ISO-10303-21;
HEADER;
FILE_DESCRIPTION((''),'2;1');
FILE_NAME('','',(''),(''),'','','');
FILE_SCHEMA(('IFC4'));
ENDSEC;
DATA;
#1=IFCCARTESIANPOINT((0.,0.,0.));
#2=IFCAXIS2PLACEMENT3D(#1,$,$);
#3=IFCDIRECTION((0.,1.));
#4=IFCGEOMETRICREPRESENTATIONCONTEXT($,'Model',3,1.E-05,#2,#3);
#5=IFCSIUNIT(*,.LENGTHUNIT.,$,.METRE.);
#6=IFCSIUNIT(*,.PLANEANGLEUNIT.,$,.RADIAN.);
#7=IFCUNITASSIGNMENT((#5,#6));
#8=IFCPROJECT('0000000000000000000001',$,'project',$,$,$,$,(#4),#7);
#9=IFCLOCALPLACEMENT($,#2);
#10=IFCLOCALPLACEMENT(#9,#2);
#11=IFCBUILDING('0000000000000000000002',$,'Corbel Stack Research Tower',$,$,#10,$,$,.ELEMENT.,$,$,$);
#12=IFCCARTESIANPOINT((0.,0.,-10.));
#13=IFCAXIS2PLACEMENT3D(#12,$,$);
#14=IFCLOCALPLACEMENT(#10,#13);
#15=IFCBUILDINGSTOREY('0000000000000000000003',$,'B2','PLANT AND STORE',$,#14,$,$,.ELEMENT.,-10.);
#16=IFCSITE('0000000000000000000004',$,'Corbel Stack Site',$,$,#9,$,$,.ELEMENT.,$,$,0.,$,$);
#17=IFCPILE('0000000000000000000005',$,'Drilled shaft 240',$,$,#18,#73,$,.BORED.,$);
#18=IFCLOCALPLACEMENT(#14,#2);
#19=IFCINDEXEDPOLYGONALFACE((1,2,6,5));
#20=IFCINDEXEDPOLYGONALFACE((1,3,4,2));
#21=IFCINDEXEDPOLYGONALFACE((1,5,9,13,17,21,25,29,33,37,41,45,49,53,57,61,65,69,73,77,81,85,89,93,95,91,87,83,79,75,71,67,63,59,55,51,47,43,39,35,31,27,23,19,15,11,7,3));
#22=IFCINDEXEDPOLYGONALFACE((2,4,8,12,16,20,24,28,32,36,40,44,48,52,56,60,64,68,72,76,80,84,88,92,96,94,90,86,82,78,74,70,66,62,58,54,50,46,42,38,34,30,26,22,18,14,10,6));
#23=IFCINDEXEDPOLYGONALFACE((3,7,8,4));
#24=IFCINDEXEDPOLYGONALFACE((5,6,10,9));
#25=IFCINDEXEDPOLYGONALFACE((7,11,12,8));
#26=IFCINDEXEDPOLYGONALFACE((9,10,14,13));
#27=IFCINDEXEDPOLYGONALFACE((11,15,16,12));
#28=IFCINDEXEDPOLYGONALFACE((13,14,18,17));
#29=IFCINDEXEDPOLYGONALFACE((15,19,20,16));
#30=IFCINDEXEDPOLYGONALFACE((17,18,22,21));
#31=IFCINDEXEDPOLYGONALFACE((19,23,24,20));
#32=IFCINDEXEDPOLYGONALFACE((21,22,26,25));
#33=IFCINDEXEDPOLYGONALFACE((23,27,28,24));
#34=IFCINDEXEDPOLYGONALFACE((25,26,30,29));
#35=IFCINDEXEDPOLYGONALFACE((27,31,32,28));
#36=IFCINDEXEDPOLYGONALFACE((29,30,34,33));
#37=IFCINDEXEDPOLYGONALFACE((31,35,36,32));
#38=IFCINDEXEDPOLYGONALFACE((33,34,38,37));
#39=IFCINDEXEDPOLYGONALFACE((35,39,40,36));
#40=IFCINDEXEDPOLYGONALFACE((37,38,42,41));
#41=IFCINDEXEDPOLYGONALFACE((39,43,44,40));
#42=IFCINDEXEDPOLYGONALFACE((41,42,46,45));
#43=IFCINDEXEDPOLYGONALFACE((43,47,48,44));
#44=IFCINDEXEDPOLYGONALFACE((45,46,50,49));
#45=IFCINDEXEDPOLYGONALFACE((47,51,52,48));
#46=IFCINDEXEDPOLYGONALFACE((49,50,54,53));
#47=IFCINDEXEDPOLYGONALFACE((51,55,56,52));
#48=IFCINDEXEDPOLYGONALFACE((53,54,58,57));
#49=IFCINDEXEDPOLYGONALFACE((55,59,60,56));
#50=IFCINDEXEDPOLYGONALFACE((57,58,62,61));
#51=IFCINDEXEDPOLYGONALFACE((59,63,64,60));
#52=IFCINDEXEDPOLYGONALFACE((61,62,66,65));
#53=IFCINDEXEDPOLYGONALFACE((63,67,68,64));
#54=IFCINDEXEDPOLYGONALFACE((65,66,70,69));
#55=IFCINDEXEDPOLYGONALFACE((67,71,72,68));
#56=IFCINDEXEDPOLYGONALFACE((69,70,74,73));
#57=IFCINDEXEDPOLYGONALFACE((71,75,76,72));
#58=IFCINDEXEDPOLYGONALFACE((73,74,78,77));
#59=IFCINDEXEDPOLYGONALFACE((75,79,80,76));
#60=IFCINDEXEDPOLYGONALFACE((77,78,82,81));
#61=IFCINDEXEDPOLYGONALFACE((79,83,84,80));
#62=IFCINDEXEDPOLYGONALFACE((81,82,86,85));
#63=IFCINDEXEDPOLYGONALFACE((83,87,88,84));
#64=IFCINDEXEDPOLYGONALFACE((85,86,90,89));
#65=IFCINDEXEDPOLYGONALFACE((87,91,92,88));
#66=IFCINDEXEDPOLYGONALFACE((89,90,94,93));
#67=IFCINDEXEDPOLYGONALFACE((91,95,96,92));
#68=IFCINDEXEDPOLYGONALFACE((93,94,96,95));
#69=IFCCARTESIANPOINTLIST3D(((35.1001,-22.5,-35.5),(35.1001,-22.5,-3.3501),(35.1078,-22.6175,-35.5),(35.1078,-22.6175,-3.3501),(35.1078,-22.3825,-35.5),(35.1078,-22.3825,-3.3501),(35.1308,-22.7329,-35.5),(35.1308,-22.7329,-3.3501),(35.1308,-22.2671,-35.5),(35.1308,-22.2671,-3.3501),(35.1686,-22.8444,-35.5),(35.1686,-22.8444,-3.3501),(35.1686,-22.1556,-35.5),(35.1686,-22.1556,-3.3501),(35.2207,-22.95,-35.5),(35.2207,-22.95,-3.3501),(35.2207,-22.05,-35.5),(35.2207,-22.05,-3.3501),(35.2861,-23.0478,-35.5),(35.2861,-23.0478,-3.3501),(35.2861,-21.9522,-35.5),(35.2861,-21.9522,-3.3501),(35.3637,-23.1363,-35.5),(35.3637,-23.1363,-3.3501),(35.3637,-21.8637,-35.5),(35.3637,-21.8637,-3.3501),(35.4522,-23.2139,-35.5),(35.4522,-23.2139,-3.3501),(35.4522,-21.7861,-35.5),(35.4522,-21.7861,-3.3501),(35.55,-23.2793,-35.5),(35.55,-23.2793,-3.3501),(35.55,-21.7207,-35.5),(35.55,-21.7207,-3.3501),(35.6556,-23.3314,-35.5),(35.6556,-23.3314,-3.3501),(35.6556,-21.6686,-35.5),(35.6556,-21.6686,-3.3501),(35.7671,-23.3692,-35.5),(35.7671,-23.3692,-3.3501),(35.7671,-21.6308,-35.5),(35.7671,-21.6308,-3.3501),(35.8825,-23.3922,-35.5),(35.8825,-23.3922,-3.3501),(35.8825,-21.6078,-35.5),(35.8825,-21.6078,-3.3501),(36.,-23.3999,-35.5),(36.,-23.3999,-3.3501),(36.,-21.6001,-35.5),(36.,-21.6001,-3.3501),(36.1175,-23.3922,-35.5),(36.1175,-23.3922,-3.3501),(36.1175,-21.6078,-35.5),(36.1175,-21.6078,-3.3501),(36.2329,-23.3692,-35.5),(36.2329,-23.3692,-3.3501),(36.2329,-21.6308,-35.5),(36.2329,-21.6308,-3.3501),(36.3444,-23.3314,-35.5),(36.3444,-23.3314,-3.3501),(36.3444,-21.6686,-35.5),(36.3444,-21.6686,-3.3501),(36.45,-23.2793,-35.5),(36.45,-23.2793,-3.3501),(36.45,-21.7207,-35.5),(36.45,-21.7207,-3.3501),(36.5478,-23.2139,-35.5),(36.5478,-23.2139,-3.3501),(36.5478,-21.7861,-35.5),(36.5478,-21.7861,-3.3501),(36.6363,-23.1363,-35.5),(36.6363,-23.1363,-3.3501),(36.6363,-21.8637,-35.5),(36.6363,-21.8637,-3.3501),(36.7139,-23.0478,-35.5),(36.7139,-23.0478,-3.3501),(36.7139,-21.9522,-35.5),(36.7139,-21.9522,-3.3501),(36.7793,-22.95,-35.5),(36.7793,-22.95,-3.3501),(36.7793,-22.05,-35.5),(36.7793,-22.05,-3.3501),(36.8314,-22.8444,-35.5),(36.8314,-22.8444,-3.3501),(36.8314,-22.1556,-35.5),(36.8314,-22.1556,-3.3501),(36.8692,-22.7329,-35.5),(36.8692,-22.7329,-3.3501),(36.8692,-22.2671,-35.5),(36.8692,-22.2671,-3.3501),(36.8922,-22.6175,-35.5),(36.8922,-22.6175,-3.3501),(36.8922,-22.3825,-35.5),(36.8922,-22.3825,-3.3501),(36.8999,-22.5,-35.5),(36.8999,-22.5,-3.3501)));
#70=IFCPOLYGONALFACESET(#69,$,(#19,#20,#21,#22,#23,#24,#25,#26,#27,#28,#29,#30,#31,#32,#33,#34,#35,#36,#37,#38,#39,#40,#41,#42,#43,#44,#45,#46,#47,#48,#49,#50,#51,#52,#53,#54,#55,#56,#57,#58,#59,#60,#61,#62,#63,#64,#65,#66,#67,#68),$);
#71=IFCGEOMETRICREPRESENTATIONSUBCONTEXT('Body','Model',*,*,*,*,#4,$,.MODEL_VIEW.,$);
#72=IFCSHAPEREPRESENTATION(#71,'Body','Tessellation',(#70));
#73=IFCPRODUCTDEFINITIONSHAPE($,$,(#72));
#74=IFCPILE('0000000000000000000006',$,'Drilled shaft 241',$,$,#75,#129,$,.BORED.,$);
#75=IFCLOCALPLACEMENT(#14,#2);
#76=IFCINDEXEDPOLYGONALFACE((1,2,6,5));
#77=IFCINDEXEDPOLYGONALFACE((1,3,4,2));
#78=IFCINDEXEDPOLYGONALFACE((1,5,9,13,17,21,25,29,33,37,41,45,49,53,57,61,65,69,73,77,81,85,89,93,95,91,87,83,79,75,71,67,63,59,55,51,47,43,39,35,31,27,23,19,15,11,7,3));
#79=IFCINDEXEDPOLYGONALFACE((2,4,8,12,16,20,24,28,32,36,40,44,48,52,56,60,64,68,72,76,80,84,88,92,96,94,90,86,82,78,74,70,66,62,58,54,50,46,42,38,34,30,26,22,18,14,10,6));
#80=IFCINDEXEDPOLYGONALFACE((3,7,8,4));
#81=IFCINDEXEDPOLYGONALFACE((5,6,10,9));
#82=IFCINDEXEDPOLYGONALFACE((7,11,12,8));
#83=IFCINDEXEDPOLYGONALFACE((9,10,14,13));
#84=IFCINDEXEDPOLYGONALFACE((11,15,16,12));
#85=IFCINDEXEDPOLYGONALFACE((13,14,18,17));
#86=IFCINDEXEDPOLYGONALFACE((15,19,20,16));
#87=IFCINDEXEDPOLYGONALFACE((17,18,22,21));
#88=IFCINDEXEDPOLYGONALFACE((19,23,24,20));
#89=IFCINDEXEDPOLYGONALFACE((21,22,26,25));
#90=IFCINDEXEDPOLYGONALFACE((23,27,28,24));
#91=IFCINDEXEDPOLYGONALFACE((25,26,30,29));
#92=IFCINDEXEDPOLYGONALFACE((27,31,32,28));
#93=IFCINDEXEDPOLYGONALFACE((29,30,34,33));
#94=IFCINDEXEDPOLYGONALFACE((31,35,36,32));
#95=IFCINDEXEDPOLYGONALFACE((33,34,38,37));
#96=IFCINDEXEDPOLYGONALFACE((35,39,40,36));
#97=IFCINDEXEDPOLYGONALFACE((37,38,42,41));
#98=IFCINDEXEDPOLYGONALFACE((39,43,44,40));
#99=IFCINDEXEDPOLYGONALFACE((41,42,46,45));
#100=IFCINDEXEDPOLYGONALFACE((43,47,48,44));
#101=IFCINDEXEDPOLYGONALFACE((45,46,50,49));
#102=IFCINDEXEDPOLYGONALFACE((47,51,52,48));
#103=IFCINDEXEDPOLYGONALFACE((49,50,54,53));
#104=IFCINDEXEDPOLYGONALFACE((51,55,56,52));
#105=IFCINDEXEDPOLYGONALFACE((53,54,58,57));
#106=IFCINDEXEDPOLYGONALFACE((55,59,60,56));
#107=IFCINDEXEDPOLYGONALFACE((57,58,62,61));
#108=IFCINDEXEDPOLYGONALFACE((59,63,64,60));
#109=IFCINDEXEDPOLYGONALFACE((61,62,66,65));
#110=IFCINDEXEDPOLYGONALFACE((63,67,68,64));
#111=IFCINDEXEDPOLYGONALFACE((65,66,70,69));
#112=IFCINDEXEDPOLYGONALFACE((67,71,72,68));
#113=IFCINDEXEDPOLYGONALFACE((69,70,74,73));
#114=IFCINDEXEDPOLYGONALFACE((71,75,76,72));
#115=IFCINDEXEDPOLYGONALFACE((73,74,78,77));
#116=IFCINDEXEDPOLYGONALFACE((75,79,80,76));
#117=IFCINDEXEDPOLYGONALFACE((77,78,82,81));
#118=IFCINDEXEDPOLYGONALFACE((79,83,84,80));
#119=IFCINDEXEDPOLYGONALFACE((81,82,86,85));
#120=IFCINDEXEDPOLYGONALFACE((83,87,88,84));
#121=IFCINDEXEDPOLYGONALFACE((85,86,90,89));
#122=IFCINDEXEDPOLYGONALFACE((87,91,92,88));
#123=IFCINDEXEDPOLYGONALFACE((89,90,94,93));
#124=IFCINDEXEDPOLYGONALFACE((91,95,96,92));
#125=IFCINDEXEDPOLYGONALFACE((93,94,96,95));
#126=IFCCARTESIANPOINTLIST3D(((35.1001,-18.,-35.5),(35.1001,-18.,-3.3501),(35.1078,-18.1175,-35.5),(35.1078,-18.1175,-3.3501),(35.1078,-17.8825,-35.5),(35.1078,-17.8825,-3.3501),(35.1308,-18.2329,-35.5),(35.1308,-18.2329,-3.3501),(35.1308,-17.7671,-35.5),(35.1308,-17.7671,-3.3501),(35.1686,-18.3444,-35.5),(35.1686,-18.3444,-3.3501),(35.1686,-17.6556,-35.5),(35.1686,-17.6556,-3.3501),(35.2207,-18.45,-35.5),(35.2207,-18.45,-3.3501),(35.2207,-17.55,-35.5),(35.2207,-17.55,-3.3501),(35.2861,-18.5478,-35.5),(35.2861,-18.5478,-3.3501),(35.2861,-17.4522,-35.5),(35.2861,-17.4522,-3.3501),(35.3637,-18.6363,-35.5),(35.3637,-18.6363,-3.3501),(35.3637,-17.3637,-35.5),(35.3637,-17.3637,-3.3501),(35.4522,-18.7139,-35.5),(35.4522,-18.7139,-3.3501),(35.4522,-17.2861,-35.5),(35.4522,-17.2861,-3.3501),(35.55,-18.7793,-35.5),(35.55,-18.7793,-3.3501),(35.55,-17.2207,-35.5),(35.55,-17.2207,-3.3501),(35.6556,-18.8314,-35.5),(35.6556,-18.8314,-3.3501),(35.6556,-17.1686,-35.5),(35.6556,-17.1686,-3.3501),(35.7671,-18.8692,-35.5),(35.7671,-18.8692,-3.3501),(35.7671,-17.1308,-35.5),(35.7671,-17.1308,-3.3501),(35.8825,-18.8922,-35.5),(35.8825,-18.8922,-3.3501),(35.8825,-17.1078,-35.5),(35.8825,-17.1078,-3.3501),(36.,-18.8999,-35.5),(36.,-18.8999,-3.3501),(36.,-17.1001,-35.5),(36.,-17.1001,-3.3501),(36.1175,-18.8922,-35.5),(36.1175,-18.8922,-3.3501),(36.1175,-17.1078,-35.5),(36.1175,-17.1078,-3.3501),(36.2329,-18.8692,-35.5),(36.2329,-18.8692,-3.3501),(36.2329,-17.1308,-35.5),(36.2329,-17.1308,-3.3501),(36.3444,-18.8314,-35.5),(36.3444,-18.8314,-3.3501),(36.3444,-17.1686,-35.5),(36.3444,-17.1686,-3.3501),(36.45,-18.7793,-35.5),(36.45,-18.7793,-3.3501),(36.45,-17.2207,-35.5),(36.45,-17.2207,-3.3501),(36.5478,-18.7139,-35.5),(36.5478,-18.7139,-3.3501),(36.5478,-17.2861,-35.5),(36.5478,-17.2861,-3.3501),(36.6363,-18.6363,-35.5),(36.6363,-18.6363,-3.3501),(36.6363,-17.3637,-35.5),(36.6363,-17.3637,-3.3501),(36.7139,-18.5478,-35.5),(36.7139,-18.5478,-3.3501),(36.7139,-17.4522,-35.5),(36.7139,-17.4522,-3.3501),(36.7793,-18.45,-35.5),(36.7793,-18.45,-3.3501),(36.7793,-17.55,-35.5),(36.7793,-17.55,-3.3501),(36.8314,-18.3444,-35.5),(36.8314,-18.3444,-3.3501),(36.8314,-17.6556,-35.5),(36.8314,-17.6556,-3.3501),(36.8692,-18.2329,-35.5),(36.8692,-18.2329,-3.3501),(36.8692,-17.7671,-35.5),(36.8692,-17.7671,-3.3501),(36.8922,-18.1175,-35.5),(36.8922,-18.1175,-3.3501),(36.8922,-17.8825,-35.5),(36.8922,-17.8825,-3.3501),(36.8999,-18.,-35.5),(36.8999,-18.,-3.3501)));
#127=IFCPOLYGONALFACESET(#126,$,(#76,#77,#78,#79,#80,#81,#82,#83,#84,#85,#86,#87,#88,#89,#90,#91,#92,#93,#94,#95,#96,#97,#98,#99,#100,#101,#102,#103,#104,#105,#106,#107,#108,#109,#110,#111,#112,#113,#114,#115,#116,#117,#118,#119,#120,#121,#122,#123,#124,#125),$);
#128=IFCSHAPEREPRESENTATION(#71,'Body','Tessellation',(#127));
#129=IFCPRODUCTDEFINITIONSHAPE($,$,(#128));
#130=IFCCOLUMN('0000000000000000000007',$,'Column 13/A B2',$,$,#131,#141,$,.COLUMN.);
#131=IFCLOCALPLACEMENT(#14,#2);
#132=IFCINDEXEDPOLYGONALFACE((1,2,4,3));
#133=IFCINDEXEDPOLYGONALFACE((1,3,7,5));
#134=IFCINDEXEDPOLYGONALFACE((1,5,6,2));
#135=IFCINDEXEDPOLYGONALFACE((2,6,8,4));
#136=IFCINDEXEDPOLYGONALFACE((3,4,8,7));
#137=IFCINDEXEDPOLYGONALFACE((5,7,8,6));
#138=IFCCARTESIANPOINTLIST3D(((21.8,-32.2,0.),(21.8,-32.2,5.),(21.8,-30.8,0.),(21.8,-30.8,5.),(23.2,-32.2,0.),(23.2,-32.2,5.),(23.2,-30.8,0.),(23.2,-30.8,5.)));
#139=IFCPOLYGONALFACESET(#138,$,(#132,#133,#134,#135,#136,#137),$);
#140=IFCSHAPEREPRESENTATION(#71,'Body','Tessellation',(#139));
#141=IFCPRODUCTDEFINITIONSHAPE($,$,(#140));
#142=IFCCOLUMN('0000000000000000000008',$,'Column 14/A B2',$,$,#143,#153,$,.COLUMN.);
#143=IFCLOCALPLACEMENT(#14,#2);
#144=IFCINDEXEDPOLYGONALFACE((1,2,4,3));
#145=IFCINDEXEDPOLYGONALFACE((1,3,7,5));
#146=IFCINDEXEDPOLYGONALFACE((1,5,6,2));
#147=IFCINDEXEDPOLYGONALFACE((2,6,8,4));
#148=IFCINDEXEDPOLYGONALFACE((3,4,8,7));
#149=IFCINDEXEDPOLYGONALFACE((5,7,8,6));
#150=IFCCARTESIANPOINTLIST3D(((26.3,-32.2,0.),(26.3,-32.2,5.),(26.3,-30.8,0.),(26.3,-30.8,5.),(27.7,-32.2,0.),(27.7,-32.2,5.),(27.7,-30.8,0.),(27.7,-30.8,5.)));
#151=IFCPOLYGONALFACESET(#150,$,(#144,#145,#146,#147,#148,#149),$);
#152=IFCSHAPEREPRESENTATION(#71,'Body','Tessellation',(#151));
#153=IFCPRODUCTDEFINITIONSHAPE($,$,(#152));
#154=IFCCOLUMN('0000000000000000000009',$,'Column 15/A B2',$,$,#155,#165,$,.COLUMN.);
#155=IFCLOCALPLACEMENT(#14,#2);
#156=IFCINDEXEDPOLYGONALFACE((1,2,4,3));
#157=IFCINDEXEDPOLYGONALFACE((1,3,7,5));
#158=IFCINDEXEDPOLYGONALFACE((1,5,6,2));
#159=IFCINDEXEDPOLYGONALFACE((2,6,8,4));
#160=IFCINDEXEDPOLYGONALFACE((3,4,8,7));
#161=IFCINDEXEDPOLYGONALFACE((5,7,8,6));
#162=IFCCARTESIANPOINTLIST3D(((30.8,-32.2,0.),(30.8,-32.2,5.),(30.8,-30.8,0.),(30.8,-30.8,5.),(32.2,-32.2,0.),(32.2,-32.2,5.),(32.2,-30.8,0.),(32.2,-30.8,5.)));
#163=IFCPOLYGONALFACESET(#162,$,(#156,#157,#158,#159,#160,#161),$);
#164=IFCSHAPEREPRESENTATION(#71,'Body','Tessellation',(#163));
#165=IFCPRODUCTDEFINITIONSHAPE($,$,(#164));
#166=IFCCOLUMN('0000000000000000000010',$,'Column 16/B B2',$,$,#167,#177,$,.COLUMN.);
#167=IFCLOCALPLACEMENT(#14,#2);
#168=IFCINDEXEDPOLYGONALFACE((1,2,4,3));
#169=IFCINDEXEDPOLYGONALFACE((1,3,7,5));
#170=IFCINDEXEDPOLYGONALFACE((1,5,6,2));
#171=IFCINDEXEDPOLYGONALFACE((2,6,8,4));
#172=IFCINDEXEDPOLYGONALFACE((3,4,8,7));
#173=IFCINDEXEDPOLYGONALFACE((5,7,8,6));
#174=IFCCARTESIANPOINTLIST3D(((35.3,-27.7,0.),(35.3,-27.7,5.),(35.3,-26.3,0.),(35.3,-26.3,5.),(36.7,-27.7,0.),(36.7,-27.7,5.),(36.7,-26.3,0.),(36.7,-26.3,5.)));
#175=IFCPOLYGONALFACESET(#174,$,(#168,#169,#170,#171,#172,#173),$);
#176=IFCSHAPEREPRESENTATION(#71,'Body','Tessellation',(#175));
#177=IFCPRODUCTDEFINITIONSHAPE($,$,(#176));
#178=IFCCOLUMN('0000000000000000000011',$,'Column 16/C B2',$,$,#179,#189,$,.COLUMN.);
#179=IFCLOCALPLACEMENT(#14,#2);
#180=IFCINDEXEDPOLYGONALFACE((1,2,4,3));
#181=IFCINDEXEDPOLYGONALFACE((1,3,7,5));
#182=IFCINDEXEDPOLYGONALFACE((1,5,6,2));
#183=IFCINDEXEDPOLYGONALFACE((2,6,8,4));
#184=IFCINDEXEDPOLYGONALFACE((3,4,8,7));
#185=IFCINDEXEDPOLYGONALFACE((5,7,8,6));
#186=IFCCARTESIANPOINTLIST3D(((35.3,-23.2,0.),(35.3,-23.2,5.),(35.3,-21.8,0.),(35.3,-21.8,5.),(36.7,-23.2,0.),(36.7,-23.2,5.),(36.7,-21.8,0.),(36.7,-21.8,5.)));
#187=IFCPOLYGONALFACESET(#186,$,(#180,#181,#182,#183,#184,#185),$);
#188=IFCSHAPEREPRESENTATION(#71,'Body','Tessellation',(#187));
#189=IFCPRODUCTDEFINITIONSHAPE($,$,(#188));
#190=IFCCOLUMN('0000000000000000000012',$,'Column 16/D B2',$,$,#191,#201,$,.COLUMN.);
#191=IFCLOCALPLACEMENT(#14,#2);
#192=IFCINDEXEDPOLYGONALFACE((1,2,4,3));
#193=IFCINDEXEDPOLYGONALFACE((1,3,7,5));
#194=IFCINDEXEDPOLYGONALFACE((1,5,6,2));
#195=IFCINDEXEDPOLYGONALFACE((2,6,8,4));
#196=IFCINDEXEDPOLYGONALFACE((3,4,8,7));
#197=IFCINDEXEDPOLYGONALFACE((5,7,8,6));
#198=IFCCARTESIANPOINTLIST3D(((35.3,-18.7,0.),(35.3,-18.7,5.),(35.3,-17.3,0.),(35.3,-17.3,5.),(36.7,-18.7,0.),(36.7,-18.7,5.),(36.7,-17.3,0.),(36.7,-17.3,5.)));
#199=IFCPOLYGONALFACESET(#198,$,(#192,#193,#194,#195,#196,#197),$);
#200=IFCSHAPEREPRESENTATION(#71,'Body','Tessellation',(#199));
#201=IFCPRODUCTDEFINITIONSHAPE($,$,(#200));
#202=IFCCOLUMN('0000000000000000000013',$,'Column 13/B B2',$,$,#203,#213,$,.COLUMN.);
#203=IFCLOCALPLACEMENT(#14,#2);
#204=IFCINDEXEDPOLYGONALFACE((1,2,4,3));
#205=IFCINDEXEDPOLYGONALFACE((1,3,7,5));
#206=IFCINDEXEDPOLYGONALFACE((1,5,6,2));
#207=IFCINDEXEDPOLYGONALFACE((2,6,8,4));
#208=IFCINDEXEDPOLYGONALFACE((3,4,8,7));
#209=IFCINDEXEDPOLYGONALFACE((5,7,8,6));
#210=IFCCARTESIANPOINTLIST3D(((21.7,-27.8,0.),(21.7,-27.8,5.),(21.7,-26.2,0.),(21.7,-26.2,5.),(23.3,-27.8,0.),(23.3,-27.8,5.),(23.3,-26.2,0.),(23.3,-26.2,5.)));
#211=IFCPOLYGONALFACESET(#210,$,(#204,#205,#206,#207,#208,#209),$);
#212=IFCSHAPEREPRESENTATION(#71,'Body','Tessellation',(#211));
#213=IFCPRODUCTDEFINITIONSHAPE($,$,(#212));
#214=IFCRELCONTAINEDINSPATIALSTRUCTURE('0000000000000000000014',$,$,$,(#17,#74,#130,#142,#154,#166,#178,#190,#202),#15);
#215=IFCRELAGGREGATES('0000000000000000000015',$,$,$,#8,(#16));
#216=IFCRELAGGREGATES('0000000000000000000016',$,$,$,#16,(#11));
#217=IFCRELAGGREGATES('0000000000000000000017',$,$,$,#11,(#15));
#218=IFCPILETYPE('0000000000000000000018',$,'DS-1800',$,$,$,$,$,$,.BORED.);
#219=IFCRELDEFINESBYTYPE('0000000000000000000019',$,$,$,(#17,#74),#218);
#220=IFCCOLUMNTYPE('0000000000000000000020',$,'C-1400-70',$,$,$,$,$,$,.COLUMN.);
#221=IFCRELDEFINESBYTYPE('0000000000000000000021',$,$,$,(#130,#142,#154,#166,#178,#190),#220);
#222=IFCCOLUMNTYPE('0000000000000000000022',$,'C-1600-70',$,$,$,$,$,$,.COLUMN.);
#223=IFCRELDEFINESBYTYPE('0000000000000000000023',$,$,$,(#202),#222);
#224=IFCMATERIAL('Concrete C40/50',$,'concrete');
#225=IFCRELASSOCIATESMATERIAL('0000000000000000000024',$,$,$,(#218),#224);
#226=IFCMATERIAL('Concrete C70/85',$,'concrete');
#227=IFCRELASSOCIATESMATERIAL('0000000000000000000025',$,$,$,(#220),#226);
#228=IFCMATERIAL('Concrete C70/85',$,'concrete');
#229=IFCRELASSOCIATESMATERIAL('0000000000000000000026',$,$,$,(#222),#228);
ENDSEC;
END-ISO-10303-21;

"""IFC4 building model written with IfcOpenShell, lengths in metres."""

from ifc_helpers import new_model, si_unit, direction, frame, origin, origin_2d, place, context, subcontext, project, spatial, rectangle, circle, extrude, material, material_profile, profile_set, type_object, element, save


model = new_model("IFC4")

# Units and contexts
model_context = context("Model", 3, precision=1e-05, world=origin(), true_north=direction((0.0, 1.0)))
body_context = subcontext(model_context, "Body", "Model", "MODEL_VIEW")
ifc_project = project(units=[si_unit("LENGTHUNIT", "METRE"), si_unit("PLANEANGLEUNIT", "RADIAN")], contexts=[model_context])

# Site, building, storey
site_placement = place(None, origin())
site = spatial("IfcSite", under=ifc_project, at=site_placement, Name="Corbel Stack Site", CompositionType="ELEMENT", RefElevation=0.0)
building_placement = place(site_placement, origin())
building = spatial("IfcBuilding", under=site, at=building_placement, Name="Corbel Stack Research Tower", CompositionType="ELEMENT")
storey_placement = place(building_placement, frame((0.0, 0.0, -10.0)))
storey = spatial("IfcBuildingStorey", under=building, at=storey_placement, Name="B2", Description="PLANT AND STORE", CompositionType="ELEMENT", Elevation=-10.0)

# Piles
ifc_material_1 = material(Name="Concrete C40/50", Category="concrete")
ifc_material_profile_1 = material_profile(ifc_material_1, circle(Radius=0.8999, at=origin_2d()), Name="Shaft 1800")
ifc_profile_set_1 = profile_set([ifc_material_profile_1], Name="Concrete C40/50")
pile_type = type_object("IfcPileType", Name="DS-1800", PredefinedType="BORED", material=ifc_profile_set_1)
for number, where, z_axis, x_axis, name in (
    (1, (36.0, -22.5, -3.3501), (0.0, 0.0, -1.0), (1.0, 0.0, 0.0), "Drilled shaft 240"),
    (2, (36.0, -18.0, -3.3501), (0.0, 0.0, -1.0), (1.0, 0.0, 0.0), "Drilled shaft 241"),
):
    element("IfcPile", number, at=place(storey_placement, frame(where, z_axis=z_axis, x_axis=x_axis)), inside=storey, type_object=pile_type, Name=name, PredefinedType="BORED", context=body_context, shape_type="SweptSolid", body=[
        extrude(circle(Radius=0.8999, at=origin_2d()), origin(), (0.0, 0.0, 1.0), 32.1499),
    ])

# Columns
ifc_material_2 = material(Name="Concrete C70/85", Category="concrete")
ifc_material_profile_2 = material_profile(ifc_material_2, rectangle(XDim=1.3999, YDim=1.3999, at=origin_2d()), Name="RC 1400 x 1400")
ifc_profile_set_2 = profile_set([ifc_material_profile_2], Name="Concrete C70/85")
column_type_1 = type_object("IfcColumnType", Name="C-1400-70", PredefinedType="COLUMN", material=ifc_profile_set_2)
for number, where, z_axis, x_axis, name in (
    (3, (22.5, -31.5, 0.0), (0.0, 0.0, 1.0), (1.0, 0.0, 0.0), "Column 13/A B2"),
    (4, (27.0, -31.5, 0.0), (0.0, 0.0, 1.0), (1.0, 0.0, 0.0), "Column 14/A B2"),
    (5, (31.5, -31.5, 0.0), (0.0, 0.0, 1.0), (1.0, 0.0, 0.0), "Column 15/A B2"),
    (6, (36.0, -27.0, 0.0), (0.0, 0.0, 1.0), (1.0, 0.0, 0.0), "Column 16/B B2"),
    (7, (36.0, -22.5, 0.0), (0.0, 0.0, 1.0), (1.0, 0.0, 0.0), "Column 16/C B2"),
    (8, (36.0, -18.0, 0.0), (0.0, 0.0, 1.0), (1.0, 0.0, 0.0), "Column 16/D B2"),
):
    element("IfcColumn", number, at=place(storey_placement, frame(where, z_axis=z_axis, x_axis=x_axis)), inside=storey, type_object=column_type_1, Name=name, PredefinedType="COLUMN", context=body_context, shape_type="SweptSolid", body=[
        extrude(rectangle(XDim=1.3999, YDim=1.3999, at=origin_2d()), origin(), (0.0, 0.0, 1.0), 5.0),
    ])
ifc_material_3 = material(Name="Concrete C70/85", Category="concrete")
ifc_material_profile_3 = material_profile(ifc_material_3, rectangle(XDim=1.6001, YDim=1.6001, at=origin_2d()), Name="RC 1600 x 1600")
ifc_profile_set_3 = profile_set([ifc_material_profile_3], Name="Concrete C70/85")
column_type_2 = type_object("IfcColumnType", Name="C-1600-70", PredefinedType="COLUMN", material=ifc_profile_set_3)
for number, where, z_axis, x_axis, name in (
    (9, (22.5, -27.0, 0.0), (0.0, 0.0, 1.0), (1.0, 0.0, 0.0), "Column 13/B B2"),
):
    element("IfcColumn", number, at=place(storey_placement, frame(where, z_axis=z_axis, x_axis=x_axis)), inside=storey, type_object=column_type_2, Name=name, PredefinedType="COLUMN", context=body_context, shape_type="SweptSolid", body=[
        extrude(rectangle(XDim=1.6001, YDim=1.6001, at=origin_2d()), origin(), (0.0, 0.0, 1.0), 5.0),
    ])

save(model, "model.ifc")
